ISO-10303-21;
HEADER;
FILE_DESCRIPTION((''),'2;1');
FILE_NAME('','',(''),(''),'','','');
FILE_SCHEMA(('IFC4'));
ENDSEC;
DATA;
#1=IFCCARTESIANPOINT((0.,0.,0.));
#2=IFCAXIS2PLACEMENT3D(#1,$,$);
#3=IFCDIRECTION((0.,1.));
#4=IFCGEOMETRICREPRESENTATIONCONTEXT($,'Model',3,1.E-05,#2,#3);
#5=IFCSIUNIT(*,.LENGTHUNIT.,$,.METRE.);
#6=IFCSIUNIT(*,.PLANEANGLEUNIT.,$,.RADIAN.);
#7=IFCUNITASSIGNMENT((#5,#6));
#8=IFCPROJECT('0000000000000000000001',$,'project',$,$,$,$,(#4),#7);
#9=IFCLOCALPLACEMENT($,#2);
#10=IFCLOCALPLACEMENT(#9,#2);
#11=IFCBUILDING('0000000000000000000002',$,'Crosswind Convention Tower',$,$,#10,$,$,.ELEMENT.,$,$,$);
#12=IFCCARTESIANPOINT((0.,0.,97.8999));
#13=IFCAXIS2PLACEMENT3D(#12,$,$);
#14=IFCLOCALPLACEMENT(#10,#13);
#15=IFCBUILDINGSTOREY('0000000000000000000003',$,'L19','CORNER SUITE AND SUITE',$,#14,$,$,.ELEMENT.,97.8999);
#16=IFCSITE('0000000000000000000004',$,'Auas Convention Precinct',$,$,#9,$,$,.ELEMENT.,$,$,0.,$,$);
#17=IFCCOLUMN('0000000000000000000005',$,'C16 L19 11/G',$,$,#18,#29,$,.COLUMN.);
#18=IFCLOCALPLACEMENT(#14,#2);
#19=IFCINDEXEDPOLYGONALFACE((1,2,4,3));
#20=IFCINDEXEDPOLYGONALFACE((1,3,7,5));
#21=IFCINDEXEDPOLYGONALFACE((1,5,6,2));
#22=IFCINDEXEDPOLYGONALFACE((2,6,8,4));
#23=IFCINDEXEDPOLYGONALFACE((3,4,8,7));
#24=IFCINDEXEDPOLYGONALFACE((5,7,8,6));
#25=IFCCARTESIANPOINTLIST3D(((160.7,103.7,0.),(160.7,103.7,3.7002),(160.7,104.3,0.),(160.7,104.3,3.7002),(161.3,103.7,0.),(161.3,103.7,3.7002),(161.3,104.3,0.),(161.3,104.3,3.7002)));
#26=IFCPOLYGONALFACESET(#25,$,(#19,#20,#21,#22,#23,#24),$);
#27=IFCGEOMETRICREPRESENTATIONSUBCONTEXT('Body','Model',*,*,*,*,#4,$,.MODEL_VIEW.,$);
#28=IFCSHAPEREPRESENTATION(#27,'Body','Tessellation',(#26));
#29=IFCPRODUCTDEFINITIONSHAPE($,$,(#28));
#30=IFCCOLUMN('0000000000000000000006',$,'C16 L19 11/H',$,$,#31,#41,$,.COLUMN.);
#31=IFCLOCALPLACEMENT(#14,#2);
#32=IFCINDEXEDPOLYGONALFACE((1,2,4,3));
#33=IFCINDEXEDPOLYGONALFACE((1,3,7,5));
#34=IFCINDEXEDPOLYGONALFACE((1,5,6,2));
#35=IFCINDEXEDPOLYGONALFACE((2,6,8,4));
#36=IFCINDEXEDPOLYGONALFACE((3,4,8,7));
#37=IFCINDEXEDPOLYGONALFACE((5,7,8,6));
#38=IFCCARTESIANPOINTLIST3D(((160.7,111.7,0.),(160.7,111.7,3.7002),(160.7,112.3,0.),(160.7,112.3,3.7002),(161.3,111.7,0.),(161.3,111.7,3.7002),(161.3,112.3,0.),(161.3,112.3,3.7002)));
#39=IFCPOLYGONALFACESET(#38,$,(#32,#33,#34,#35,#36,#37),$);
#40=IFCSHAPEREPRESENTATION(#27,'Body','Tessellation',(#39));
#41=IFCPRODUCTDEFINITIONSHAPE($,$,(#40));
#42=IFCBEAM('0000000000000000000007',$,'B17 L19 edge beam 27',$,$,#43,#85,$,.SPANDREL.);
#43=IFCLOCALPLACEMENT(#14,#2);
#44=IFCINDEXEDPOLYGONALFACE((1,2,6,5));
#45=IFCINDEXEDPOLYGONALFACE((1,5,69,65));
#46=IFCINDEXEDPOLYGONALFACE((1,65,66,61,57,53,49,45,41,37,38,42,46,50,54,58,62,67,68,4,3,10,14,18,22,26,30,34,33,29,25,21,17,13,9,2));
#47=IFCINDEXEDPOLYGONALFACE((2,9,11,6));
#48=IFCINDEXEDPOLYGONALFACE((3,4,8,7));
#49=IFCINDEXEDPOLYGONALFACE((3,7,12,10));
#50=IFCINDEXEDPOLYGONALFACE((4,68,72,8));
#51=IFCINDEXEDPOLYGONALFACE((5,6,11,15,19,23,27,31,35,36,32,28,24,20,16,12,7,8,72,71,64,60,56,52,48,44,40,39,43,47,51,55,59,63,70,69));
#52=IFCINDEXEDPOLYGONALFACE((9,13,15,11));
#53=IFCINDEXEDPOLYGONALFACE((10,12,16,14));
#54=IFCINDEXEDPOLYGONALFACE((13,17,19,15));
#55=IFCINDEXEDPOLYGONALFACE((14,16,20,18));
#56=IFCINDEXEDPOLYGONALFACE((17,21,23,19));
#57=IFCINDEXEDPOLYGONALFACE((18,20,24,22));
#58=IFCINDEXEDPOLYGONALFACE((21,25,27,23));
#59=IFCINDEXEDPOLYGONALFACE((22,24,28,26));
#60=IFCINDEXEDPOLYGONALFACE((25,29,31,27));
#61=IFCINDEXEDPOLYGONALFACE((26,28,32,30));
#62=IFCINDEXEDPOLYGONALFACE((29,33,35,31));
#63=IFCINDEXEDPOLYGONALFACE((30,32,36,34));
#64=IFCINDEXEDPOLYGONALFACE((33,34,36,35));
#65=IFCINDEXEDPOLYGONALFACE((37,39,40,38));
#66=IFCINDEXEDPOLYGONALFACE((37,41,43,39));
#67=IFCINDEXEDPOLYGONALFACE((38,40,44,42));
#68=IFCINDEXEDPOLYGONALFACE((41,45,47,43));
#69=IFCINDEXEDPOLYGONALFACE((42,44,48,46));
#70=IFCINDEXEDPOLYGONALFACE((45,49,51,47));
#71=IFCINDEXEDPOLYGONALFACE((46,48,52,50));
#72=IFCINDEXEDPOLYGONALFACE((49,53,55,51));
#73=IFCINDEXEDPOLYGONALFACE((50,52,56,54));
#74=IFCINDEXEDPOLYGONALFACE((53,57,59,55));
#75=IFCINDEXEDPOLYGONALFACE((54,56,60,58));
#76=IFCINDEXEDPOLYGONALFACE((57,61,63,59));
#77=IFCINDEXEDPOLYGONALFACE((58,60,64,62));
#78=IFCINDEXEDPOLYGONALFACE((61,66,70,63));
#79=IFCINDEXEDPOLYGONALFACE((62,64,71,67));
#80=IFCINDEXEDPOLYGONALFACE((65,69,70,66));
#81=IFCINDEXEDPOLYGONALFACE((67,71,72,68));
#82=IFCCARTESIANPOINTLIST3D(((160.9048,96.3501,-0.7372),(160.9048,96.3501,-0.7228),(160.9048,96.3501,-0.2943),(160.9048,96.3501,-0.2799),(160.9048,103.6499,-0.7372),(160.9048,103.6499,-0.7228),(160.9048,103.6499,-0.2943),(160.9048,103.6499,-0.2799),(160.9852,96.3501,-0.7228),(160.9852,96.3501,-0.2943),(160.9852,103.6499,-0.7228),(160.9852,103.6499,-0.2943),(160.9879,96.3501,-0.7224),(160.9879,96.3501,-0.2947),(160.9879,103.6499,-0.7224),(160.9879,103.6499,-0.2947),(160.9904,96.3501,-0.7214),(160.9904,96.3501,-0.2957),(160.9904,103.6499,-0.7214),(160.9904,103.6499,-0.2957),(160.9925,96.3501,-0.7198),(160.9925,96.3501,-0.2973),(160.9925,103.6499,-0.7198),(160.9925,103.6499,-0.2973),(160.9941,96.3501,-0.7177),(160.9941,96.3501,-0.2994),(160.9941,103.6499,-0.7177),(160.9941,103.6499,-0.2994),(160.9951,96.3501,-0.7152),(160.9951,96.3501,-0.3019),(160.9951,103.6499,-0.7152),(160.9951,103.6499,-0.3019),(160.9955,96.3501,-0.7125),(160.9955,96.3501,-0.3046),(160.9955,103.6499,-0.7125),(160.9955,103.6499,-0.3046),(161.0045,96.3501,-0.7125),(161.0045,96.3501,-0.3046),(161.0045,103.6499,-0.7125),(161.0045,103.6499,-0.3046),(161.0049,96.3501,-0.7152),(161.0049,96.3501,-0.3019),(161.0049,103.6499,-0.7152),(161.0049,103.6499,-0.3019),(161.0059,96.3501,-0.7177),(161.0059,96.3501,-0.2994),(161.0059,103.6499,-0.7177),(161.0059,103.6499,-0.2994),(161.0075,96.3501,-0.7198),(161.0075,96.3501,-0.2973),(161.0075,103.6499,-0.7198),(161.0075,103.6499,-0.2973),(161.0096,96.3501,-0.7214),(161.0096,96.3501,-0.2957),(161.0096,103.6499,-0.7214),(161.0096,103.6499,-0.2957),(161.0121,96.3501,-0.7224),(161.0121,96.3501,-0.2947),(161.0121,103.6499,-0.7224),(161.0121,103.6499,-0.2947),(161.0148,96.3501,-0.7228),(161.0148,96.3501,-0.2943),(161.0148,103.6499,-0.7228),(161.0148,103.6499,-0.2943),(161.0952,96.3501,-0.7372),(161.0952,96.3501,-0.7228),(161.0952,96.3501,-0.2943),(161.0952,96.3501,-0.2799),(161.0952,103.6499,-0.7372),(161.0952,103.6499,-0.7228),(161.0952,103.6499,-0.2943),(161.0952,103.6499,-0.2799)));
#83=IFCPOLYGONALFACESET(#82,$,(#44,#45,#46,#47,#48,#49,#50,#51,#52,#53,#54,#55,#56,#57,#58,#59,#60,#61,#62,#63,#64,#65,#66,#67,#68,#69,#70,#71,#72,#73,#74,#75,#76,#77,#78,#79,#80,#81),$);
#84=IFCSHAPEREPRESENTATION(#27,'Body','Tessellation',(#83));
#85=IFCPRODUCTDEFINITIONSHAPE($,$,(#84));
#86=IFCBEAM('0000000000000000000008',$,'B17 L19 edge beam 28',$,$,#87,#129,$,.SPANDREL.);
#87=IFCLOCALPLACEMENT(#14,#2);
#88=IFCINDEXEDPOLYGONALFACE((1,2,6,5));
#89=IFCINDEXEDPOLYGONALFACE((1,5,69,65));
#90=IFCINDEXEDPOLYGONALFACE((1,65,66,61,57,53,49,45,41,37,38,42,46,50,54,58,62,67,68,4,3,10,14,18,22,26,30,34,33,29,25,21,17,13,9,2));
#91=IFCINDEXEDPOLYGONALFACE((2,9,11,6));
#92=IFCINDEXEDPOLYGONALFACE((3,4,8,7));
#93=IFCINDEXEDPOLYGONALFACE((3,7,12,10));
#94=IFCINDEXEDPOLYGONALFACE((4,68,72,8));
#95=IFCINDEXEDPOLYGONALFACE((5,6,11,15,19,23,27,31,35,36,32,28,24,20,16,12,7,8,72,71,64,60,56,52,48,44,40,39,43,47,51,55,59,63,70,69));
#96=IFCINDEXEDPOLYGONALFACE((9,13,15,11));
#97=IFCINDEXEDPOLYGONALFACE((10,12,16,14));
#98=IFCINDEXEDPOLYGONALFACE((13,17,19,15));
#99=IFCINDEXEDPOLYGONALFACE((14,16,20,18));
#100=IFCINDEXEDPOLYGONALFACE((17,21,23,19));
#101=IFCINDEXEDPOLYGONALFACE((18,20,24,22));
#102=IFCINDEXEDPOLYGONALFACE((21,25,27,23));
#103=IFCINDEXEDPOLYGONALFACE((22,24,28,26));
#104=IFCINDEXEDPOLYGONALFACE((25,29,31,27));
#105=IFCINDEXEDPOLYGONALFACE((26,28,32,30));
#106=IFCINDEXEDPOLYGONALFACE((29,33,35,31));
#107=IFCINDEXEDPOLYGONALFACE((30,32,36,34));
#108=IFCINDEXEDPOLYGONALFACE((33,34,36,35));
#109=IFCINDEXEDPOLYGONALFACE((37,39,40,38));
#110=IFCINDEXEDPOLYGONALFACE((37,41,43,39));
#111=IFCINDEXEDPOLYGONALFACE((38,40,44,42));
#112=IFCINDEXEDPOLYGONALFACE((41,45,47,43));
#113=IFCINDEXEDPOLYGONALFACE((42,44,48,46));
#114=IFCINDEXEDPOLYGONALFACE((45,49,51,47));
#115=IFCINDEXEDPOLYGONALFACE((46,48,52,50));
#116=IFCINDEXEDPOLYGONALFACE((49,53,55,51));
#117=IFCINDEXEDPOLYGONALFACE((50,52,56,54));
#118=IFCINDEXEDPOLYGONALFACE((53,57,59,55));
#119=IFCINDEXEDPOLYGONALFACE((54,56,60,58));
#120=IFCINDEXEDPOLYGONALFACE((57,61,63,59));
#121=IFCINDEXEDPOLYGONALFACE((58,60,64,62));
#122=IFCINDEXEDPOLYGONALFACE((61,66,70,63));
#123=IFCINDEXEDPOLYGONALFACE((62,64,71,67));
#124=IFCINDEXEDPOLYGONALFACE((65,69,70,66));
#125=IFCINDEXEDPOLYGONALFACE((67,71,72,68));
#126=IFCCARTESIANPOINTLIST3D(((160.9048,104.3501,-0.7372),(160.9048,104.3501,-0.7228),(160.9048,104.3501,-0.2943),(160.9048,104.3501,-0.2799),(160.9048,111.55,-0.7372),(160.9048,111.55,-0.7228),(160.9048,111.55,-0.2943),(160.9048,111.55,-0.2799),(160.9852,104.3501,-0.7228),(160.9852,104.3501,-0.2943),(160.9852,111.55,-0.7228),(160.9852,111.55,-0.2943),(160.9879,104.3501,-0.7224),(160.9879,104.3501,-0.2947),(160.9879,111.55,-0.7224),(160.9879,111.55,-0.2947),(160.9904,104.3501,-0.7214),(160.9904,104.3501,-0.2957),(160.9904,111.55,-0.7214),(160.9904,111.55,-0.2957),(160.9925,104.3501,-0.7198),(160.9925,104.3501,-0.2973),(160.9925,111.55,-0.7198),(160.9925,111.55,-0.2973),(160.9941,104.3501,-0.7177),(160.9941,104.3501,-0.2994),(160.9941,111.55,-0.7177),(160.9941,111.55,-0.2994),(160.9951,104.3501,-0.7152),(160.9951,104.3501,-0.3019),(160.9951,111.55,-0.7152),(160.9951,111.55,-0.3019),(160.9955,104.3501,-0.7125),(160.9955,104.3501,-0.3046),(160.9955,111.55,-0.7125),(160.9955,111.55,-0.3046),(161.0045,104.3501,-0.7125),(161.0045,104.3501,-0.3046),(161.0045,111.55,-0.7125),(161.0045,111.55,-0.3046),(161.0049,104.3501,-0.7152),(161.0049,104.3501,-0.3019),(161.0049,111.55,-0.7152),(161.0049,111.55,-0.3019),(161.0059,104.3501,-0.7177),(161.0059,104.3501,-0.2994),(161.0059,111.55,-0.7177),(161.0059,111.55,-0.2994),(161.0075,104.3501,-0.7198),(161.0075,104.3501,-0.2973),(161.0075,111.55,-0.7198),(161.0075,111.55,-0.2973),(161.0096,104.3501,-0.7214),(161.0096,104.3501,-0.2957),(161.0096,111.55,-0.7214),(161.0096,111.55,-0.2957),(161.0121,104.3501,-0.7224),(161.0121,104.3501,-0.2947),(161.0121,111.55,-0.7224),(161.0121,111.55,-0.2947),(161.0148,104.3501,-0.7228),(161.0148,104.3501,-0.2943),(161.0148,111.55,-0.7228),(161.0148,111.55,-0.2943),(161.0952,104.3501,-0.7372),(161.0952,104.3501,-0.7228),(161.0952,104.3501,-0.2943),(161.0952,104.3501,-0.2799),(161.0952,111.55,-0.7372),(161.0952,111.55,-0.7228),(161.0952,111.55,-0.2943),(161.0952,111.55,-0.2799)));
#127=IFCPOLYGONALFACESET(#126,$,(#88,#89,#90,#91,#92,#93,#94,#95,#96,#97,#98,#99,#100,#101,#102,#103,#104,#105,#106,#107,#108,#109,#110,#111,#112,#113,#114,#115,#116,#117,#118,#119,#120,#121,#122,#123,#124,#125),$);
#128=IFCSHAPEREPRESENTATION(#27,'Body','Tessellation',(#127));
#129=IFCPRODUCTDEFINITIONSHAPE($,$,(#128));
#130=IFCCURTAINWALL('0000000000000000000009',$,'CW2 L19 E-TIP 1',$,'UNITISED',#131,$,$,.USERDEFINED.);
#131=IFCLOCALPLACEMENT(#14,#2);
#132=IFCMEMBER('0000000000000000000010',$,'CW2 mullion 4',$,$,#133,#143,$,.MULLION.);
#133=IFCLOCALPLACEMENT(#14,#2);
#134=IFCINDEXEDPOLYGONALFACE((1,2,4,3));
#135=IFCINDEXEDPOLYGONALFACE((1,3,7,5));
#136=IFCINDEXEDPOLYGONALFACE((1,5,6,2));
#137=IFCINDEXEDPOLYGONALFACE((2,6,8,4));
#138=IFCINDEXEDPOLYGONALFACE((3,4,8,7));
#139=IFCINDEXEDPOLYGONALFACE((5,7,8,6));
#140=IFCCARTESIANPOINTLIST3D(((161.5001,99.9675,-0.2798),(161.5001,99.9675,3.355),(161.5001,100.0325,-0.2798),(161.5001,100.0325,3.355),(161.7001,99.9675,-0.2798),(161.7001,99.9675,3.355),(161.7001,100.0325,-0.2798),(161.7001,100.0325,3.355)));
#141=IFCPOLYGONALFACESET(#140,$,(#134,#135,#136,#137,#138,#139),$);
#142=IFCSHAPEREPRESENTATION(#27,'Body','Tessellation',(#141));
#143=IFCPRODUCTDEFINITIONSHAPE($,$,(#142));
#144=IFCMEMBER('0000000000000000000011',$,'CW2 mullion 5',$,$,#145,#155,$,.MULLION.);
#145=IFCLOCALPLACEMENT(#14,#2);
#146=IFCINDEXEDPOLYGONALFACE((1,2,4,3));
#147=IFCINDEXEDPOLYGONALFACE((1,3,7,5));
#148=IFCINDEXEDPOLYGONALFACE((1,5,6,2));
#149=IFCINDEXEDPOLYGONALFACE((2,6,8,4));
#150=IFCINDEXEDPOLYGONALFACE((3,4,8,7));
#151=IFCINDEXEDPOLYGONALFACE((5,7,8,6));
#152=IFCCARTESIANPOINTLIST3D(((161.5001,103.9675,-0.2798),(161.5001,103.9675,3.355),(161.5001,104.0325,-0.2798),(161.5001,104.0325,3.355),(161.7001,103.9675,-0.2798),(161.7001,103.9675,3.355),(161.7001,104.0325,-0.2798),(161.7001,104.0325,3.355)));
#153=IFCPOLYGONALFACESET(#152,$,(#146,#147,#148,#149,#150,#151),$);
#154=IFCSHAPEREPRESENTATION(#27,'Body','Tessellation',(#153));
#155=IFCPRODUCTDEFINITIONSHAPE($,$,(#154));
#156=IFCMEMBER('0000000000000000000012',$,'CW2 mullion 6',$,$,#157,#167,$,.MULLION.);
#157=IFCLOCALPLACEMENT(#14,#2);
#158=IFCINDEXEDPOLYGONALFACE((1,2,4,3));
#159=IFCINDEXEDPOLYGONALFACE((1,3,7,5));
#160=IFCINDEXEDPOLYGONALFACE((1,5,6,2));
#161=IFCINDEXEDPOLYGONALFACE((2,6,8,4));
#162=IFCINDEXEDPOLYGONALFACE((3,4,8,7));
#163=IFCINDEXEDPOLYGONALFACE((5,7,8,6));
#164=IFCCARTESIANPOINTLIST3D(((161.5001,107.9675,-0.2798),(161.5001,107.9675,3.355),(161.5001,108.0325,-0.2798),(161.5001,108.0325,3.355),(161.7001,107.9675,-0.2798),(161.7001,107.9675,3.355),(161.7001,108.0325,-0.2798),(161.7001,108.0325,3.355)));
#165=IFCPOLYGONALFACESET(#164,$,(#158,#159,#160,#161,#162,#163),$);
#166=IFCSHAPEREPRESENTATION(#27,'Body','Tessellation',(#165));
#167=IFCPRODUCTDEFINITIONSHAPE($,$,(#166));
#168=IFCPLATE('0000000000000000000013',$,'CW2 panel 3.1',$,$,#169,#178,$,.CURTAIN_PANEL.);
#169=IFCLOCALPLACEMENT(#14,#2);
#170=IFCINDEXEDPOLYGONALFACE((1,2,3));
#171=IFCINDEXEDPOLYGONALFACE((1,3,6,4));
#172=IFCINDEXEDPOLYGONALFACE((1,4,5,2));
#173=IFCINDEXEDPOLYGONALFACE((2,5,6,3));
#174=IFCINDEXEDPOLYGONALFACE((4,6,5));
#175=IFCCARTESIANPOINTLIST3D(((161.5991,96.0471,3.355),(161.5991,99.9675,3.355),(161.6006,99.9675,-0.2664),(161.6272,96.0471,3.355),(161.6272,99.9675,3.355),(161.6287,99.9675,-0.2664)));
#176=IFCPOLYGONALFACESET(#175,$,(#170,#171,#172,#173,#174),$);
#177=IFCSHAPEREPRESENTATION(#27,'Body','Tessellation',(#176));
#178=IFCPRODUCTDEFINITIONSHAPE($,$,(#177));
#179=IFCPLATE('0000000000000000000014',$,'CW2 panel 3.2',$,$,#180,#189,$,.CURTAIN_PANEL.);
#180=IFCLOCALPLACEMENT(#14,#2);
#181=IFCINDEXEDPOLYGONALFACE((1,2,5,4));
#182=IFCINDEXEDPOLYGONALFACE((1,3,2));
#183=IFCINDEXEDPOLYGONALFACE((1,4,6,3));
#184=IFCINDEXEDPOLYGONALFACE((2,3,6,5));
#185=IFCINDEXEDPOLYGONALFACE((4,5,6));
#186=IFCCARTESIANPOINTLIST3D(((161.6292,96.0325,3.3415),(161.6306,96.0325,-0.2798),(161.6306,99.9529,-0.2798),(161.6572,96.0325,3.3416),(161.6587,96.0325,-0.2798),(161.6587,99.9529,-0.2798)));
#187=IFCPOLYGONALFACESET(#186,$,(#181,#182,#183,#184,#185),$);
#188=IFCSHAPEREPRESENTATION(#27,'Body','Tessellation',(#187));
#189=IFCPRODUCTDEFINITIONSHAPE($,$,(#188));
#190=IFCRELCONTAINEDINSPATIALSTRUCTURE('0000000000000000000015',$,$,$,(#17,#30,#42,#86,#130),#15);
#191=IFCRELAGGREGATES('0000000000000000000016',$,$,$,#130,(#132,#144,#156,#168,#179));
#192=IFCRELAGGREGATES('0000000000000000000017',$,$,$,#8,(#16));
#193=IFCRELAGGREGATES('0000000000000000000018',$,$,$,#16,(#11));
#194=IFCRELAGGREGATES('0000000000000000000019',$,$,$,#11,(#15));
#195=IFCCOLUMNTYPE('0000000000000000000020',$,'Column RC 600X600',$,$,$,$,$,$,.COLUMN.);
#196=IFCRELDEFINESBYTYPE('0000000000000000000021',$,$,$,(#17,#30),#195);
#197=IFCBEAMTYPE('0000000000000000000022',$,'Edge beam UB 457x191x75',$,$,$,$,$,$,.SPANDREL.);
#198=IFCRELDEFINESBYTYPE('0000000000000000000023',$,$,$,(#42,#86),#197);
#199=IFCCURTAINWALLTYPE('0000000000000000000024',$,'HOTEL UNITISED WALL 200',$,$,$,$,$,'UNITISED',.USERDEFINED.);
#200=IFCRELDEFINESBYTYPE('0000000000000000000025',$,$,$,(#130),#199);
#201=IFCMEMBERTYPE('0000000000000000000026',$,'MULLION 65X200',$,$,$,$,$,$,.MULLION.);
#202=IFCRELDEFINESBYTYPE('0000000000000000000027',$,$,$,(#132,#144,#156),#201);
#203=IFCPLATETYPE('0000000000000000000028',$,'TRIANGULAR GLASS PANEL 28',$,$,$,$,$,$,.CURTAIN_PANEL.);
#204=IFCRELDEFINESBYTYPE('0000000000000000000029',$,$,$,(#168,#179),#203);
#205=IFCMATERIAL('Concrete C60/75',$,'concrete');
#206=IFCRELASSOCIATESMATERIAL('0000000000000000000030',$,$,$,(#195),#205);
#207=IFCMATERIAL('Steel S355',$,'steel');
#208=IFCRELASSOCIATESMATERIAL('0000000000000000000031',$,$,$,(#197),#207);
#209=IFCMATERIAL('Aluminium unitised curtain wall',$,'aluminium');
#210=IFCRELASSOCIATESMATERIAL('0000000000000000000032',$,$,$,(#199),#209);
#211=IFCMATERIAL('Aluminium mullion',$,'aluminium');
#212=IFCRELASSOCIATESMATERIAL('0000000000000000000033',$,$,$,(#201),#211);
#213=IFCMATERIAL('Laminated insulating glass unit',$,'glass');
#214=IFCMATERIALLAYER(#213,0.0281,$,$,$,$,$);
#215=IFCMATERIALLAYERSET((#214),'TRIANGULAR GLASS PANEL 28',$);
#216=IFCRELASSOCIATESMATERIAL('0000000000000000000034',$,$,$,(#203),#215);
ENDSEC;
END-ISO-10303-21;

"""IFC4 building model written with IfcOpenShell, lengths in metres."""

from ifc_helpers import new_model, si_unit, direction, frame, origin, origin_2d, place, context, subcontext, project, spatial, polyline, rectangle, i_section, outline, extrude, material, layer, layer_set, material_profile, profile_set, type_object, element, aggregate, save


model = new_model("IFC4")

# Units and contexts
model_context = context("Model", 3, precision=1e-05, world=origin(), true_north=direction((0.0, 1.0)))
body_context = subcontext(model_context, "Body", "Model", "MODEL_VIEW")
ifc_project = project(units=[si_unit("LENGTHUNIT", "METRE"), si_unit("PLANEANGLEUNIT", "RADIAN")], contexts=[model_context])

# Site, building, storey
site_placement = place(None, origin())
site = spatial("IfcSite", under=ifc_project, at=site_placement, Name="Auas Convention Precinct", CompositionType="ELEMENT", RefElevation=0.0)
building_placement = place(site_placement, origin())
building = spatial("IfcBuilding", under=site, at=building_placement, Name="Crosswind Convention Tower", CompositionType="ELEMENT")
storey_placement = place(building_placement, frame((0.0, 0.0, 97.8999)))
storey = spatial("IfcBuildingStorey", under=building, at=storey_placement, Name="L19", Description="CORNER SUITE AND SUITE", CompositionType="ELEMENT", Elevation=97.8999)

# Columns
ifc_material_1 = material(Name="Concrete C60/75", Category="concrete")
ifc_material_profile_1 = material_profile(ifc_material_1, rectangle(XDim=0.6001, YDim=0.6001, at=origin_2d()), Name="RC 600X600")
ifc_profile_set_1 = profile_set([ifc_material_profile_1], Name="Concrete C60/75")
column_type = type_object("IfcColumnType", Name="Column RC 600X600", PredefinedType="COLUMN", material=ifc_profile_set_1)
for number, where, z_axis, x_axis, name in (
    (1, (161.0, 104.0, 0.0), (0.0, 0.0, 1.0), (1.0, 0.0, 0.0), "C16 L19 11/G"),
    (2, (161.0, 112.0, 0.0), (0.0, 0.0, 1.0), (1.0, 0.0, 0.0), "C16 L19 11/H"),
):
    element("IfcColumn", number, at=place(storey_placement, frame(where, z_axis=z_axis, x_axis=x_axis)), inside=storey, type_object=column_type, Name=name, PredefinedType="COLUMN", context=body_context, shape_type="SweptSolid", body=[
        extrude(rectangle(XDim=0.6001, YDim=0.6001, at=origin_2d()), origin(), (0.0, 0.0, 1.0), 3.7002),
    ])

# Beams
ifc_material_2 = material(Name="Steel S355", Category="steel")
ifc_material_profile_2 = material_profile(ifc_material_2, i_section(OverallWidth=0.1904, OverallDepth=0.4573, WebThickness=0.009, FlangeThickness=0.0144, FilletRadius=0.0103, at=origin_2d()), Name="UB 457x191x75")
ifc_profile_set_2 = profile_set([ifc_material_profile_2], Name="Steel S355")
beam_type = type_object("IfcBeamType", Name="Edge beam UB 457x191x75", PredefinedType="SPANDREL", material=ifc_profile_set_2)
beam_1_placement = place(storey_placement, frame((161.0, 96.3501, -0.5085), z_axis=(0.0, 1.0, 0.0), x_axis=(-1.0, 0.0, 0.0)))
element("IfcBeam", 3, at=beam_1_placement, inside=storey, type_object=beam_type, Name="B17 L19 edge beam 27", PredefinedType="SPANDREL", context=body_context, shape_type="SweptSolid", body=[
    extrude(i_section(OverallWidth=0.1904, OverallDepth=0.4573, WebThickness=0.009, FlangeThickness=0.0144, FilletRadius=0.0103, at=origin_2d()), origin(), (0.0, 0.0, 1.0), 7.2998),
])
beam_2_placement = place(storey_placement, frame((161.0, 104.3501, -0.5085), z_axis=(0.0, 1.0, 0.0), x_axis=(-1.0, 0.0, 0.0)))
element("IfcBeam", 4, at=beam_2_placement, inside=storey, type_object=beam_type, Name="B17 L19 edge beam 28", PredefinedType="SPANDREL", context=body_context, shape_type="SweptSolid", body=[
    extrude(i_section(OverallWidth=0.1904, OverallDepth=0.4573, WebThickness=0.009, FlangeThickness=0.0144, FilletRadius=0.0103, at=origin_2d()), origin(), (0.0, 0.0, 1.0), 7.2),
])

# Curtain wall, members, plates
ifc_material_3 = material(Name="Aluminium unitised curtain wall", Category="aluminium")
curtain_wall_type = type_object("IfcCurtainWallType", Name="HOTEL UNITISED WALL 200", ElementType="UNITISED", PredefinedType="USERDEFINED", material=ifc_material_3)
curtain_wall_placement = place(storey_placement, origin())
curtain_wall = element("IfcCurtainWall", 5, at=curtain_wall_placement, inside=storey, type_object=curtain_wall_type, Name="CW2 L19 E-TIP 1", ObjectType="UNITISED", PredefinedType="USERDEFINED")
ifc_material_4 = material(Name="Aluminium mullion", Category="aluminium")
ifc_material_profile_3 = material_profile(ifc_material_4, rectangle(XDim=0.2, YDim=0.0649, at=origin_2d()), Name="AL 200X65")
ifc_profile_set_3 = profile_set([ifc_material_profile_3], Name="Aluminium mullion")
member_type = type_object("IfcMemberType", Name="MULLION 65X200", PredefinedType="MULLION", material=ifc_profile_set_3)
member_1_placement = place(storey_placement, frame((161.6001, 100.0, -0.2798), z_axis=(0.0, 0.0, 1.0), x_axis=(1.0, 0.0, 0.0)))
member_1 = element("IfcMember", 6, at=member_1_placement, type_object=member_type, Name="CW2 mullion 4", PredefinedType="MULLION", context=body_context, shape_type="SweptSolid", body=[
    extrude(rectangle(XDim=0.2, YDim=0.0649, at=origin_2d()), origin(), (0.0, 0.0, 1.0), 3.6348),
])
member_2_placement = place(storey_placement, frame((161.6001, 104.0, -0.2798), z_axis=(0.0, 0.0, 1.0), x_axis=(1.0, 0.0, 0.0)))
member_2 = element("IfcMember", 7, at=member_2_placement, type_object=member_type, Name="CW2 mullion 5", PredefinedType="MULLION", context=body_context, shape_type="SweptSolid", body=[
    extrude(rectangle(XDim=0.2, YDim=0.0649, at=origin_2d()), origin(), (0.0, 0.0, 1.0), 3.6348),
])
member_3_placement = place(storey_placement, frame((161.6001, 108.0, -0.2798), z_axis=(0.0, 0.0, 1.0), x_axis=(1.0, 0.0, 0.0)))
member_3 = element("IfcMember", 8, at=member_3_placement, type_object=member_type, Name="CW2 mullion 6", PredefinedType="MULLION", context=body_context, shape_type="SweptSolid", body=[
    extrude(rectangle(XDim=0.2, YDim=0.0649, at=origin_2d()), origin(), (0.0, 0.0, 1.0), 3.6348),
])
ifc_material_5 = material(Name="Laminated insulating glass unit", Category="glass")
ifc_layer_1 = layer(ifc_material_5, 0.0281)
ifc_layer_set_1 = layer_set([ifc_layer_1], Name="TRIANGULAR GLASS PANEL 28")
plate_type = type_object("IfcPlateType", Name="TRIANGULAR GLASS PANEL 28", PredefinedType="CURTAIN_PANEL", material=ifc_layer_set_1)
plate_1_placement = place(storey_placement, frame((161.6272, 99.9675, 3.355), z_axis=(1.0, 0.0, 0.000405), x_axis=(0.0, -1.0, 0.0)))
plate_1 = element("IfcPlate", 9, at=plate_1_placement, type_object=plate_type, Name="CW2 panel 3.1", PredefinedType="CURTAIN_PANEL", context=body_context, shape_type="SweptSolid", body=[
    extrude(outline(polyline([(0.0, 0.0), (3.9204, 0.0), (0.0, 3.6213), (0.0, 0.0)])), origin(), (0.0, 0.0, -1.0), 0.0281),
])
plate_2_placement = place(storey_placement, frame((161.6587, 96.0325, -0.2798), z_axis=(1.0, 0.0, 0.000405), x_axis=(0.0, 1.0, 0.0)))
plate_2 = element("IfcPlate", 10, at=plate_2_placement, type_object=plate_type, Name="CW2 panel 3.2", PredefinedType="CURTAIN_PANEL", context=body_context, shape_type="SweptSolid", body=[
    extrude(outline(polyline([(0.0, 0.0), (3.9204, 0.0), (0.0, 3.6213), (0.0, 0.0)])), origin(), (0.0, 0.0, -1.0), 0.0281),
])
aggregate(curtain_wall, [member_1, member_2, member_3, plate_1, plate_2])

save(model, "model.ifc")
